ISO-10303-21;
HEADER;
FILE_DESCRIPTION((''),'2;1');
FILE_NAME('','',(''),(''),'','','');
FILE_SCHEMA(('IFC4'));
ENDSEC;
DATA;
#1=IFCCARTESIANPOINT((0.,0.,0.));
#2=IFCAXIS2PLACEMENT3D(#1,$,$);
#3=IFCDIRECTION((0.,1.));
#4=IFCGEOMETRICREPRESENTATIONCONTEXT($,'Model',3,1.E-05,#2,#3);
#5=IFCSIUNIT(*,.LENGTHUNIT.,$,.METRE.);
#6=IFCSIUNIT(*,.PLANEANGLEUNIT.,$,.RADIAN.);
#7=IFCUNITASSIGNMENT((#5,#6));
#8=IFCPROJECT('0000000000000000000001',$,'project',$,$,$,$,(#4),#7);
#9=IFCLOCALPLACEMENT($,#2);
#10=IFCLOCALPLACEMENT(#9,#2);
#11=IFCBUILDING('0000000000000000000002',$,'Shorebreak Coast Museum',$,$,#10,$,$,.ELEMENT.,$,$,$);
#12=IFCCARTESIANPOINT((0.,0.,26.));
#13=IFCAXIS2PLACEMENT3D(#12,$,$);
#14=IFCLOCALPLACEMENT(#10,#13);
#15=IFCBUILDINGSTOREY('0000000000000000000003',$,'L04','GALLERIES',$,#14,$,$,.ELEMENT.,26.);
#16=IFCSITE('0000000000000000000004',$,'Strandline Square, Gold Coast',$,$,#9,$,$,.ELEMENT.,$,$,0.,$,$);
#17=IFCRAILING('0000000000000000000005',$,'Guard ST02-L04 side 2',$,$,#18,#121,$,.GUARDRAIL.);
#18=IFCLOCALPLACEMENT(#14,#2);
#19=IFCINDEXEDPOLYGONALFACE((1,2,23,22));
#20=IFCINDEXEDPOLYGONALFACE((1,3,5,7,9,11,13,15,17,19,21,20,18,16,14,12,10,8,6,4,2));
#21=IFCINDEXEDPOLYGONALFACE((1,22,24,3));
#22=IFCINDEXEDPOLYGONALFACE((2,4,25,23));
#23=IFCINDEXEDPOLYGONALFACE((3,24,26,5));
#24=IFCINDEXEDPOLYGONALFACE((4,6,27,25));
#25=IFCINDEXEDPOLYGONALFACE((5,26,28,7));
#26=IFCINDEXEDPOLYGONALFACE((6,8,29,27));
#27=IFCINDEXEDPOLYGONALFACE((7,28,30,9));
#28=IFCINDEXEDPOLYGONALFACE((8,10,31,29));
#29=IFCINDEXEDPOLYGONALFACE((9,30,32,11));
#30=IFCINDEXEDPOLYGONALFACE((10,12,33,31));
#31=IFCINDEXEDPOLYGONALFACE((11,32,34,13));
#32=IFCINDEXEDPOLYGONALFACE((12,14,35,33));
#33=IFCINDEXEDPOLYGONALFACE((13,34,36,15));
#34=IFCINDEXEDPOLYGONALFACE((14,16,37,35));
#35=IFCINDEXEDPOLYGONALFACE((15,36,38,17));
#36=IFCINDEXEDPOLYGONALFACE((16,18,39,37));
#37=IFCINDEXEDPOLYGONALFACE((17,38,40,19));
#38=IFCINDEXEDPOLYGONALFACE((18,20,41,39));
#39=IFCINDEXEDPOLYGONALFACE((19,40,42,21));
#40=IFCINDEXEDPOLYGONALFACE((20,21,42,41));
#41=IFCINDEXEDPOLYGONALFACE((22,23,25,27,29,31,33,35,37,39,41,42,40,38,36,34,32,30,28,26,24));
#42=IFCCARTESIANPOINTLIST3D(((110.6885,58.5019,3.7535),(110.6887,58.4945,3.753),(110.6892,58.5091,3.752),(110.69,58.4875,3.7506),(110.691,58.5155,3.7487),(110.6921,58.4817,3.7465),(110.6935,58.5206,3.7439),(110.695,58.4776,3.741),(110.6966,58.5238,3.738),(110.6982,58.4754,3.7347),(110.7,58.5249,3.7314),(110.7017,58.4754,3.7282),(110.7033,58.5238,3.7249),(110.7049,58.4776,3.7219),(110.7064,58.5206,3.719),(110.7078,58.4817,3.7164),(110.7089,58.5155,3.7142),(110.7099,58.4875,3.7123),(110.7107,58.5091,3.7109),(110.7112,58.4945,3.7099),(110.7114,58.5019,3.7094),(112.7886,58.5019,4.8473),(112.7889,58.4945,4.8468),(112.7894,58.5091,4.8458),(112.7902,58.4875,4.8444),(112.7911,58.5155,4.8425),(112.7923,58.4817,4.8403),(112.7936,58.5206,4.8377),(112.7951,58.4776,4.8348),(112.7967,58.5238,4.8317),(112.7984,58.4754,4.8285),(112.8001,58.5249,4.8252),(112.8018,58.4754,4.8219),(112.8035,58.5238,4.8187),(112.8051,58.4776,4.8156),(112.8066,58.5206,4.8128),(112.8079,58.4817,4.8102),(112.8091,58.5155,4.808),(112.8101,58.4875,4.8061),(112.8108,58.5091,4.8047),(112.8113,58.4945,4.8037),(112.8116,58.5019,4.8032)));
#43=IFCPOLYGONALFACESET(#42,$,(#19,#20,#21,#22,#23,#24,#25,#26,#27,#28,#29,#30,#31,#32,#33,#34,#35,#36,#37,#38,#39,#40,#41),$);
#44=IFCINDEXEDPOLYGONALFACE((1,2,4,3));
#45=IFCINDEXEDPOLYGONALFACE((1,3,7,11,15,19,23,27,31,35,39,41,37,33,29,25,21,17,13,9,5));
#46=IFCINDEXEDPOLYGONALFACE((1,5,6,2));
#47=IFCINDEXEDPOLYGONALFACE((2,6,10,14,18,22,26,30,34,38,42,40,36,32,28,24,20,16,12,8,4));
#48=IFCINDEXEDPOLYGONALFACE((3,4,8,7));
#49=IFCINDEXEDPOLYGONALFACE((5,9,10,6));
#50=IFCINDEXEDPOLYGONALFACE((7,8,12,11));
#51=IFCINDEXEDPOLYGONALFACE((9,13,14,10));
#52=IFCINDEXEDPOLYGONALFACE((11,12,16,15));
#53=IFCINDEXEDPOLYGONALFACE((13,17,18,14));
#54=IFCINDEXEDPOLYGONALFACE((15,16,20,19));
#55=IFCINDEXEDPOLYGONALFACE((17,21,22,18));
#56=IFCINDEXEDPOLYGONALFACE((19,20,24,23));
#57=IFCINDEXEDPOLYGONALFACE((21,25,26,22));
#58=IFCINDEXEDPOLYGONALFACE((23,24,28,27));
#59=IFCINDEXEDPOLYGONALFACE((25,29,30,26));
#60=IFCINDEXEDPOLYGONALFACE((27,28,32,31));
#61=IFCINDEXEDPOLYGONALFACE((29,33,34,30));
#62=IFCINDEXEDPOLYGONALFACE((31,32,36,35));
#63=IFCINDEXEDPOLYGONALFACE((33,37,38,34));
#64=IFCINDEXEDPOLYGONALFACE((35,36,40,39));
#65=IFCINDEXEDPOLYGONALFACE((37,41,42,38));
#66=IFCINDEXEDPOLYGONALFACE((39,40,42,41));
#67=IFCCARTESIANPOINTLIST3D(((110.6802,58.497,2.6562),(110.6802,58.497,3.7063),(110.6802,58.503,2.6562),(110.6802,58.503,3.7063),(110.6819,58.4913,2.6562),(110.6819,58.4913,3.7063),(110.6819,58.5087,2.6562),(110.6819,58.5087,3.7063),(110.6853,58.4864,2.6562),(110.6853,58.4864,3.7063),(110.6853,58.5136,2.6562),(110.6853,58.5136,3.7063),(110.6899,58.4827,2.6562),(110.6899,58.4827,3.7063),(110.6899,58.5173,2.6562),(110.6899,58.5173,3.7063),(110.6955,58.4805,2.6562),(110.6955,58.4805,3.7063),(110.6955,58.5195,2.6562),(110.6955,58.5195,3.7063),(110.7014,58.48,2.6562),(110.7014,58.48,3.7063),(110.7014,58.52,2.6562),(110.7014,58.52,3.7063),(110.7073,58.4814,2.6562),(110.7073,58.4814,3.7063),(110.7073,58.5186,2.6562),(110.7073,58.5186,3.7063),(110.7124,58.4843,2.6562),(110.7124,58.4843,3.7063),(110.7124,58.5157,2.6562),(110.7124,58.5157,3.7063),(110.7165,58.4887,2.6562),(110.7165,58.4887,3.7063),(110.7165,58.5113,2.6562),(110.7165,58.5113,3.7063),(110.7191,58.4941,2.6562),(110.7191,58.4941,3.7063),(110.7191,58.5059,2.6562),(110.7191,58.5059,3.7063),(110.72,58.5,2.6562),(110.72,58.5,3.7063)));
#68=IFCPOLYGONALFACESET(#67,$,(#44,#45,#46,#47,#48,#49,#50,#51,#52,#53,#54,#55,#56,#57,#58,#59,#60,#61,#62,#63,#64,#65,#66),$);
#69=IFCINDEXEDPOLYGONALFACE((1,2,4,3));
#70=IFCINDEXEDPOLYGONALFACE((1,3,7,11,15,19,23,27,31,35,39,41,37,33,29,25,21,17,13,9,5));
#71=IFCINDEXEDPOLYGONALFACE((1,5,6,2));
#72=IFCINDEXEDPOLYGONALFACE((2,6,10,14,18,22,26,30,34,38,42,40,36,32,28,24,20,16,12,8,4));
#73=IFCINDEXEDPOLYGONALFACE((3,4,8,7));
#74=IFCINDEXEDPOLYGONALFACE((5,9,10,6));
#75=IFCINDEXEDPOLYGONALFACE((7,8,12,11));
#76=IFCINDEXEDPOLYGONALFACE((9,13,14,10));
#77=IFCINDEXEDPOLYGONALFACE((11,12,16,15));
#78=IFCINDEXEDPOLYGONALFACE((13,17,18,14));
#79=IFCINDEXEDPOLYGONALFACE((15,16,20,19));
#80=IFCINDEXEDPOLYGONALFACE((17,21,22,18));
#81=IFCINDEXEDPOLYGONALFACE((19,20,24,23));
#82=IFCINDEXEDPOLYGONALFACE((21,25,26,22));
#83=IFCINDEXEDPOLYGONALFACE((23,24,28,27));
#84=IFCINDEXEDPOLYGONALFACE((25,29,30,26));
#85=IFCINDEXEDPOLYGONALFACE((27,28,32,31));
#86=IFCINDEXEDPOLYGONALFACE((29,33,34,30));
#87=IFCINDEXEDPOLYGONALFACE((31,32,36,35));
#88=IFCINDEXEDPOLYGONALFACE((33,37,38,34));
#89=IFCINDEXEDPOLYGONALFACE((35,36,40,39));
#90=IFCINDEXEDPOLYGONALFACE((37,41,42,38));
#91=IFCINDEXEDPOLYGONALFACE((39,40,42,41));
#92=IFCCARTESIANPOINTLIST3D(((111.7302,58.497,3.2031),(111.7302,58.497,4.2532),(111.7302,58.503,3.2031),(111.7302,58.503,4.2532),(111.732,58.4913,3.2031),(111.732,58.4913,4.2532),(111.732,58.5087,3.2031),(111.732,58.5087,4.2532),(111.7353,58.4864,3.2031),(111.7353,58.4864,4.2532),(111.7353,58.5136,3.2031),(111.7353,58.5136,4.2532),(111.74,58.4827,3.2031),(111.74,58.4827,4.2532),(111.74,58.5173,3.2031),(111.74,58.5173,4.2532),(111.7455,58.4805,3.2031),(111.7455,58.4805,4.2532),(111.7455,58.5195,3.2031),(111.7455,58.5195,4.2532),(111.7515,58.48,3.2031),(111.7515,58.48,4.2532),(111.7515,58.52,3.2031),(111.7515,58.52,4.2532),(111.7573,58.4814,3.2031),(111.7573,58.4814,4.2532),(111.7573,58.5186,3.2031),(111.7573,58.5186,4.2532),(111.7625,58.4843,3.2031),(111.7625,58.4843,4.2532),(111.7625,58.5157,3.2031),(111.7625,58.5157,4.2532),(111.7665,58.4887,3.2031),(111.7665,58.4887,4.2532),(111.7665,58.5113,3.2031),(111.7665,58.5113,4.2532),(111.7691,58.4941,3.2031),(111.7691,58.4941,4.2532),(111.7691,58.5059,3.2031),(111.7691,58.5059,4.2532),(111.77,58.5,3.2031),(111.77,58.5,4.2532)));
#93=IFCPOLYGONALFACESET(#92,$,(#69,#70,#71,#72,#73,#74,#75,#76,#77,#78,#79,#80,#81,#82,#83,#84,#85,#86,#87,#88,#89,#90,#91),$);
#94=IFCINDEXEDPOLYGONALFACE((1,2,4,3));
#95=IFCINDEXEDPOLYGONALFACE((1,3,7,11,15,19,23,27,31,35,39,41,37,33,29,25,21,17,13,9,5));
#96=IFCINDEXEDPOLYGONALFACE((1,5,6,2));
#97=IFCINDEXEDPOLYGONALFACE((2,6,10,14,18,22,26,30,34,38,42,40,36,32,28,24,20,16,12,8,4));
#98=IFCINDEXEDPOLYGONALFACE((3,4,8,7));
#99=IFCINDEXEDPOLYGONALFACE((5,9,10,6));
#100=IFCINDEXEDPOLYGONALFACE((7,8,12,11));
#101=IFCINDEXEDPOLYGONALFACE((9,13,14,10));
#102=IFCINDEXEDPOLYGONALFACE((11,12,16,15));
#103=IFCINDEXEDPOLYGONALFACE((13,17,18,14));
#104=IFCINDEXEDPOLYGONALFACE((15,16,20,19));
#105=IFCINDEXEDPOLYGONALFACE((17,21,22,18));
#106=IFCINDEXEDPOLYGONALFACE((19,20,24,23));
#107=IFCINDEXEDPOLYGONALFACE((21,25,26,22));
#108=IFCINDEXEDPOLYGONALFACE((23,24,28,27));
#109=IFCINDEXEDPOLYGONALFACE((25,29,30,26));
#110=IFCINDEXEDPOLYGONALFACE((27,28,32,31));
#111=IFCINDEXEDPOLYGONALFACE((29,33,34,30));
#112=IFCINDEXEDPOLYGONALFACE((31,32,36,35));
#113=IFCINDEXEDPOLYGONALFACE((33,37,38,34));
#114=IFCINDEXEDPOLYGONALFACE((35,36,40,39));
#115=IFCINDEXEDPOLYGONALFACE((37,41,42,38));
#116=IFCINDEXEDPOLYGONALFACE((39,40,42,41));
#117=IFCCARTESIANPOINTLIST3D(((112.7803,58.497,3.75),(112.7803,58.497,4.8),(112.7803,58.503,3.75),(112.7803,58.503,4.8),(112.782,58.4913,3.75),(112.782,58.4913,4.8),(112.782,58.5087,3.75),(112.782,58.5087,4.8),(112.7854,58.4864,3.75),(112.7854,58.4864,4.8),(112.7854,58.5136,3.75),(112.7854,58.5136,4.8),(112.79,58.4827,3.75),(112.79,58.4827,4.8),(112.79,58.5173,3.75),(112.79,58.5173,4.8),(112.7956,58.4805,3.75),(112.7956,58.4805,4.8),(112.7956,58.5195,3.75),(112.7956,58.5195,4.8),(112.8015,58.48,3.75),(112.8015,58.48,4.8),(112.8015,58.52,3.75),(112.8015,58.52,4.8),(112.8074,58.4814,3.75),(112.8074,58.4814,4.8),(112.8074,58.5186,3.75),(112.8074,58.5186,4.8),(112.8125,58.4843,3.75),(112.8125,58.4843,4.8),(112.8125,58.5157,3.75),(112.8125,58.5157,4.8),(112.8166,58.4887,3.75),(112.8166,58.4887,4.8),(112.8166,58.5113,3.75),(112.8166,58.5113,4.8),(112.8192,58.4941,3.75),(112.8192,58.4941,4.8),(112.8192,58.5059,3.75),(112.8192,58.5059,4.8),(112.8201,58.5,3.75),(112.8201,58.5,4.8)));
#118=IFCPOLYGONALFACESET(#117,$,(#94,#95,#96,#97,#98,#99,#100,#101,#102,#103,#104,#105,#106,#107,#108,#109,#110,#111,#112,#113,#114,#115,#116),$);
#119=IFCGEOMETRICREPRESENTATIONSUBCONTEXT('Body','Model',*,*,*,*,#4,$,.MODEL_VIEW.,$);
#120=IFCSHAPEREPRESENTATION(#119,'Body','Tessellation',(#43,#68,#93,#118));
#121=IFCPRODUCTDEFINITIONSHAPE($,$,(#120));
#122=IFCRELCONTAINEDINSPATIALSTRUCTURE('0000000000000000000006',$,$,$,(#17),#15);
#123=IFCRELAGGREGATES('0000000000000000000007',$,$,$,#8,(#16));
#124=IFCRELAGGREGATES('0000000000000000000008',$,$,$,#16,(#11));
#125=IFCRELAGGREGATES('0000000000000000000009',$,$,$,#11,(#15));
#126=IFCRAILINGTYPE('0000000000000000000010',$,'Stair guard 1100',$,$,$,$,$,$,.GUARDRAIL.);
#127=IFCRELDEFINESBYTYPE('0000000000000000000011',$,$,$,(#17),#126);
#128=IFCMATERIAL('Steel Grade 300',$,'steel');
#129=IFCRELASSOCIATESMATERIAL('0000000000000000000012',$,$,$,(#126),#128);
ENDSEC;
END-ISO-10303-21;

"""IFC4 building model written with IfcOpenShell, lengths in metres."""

from ifc_helpers import new_model, si_unit, direction, frame, origin, origin_2d, place, context, subcontext, project, spatial, circle, extrude, material, type_object, element, save


model = new_model("IFC4")

# Units and contexts
model_context = context("Model", 3, precision=1e-05, world=origin(), true_north=direction((0.0, 1.0)))
body_context = subcontext(model_context, "Body", "Model", "MODEL_VIEW")
ifc_project = project(units=[si_unit("LENGTHUNIT", "METRE"), si_unit("PLANEANGLEUNIT", "RADIAN")], contexts=[model_context])

# Site, building, storey
site_placement = place(None, origin())
site = spatial("IfcSite", under=ifc_project, at=site_placement, Name="Strandline Square, Gold Coast", CompositionType="ELEMENT", RefElevation=0.0)
building_placement = place(site_placement, origin())
building = spatial("IfcBuilding", under=site, at=building_placement, Name="Shorebreak Coast Museum", CompositionType="ELEMENT")
storey_placement = place(building_placement, frame((0.0, 0.0, 26.0)))
storey = spatial("IfcBuildingStorey", under=building, at=storey_placement, Name="L04", Description="GALLERIES", CompositionType="ELEMENT", Elevation=26.0)

# Railing
ifc_material_1 = material(Name="Steel Grade 300", Category="steel")
railing_type_1 = type_object("IfcRailingType", Name="Stair guard 1100", PredefinedType="GUARDRAIL", material=ifc_material_1)
railing_placement = place(storey_placement, frame((110.7, 58.5, 2.6562)))
element("IfcRailing", 1, at=railing_placement, inside=storey, type_object=railing_type_1, Name="Guard ST02-L04 side 2", PredefinedType="GUARDRAIL", context=body_context, shape_type="SweptSolid", body=[
    extrude(circle(Radius=0.0249, at=origin_2d()), frame((0.0, 0.0, 1.0752), z_axis=(0.886923, 0.0, 0.461918), x_axis=(0.0, 1.0, 0.0)), (0.0, 0.0, 1.0), 2.3679),
    extrude(circle(Radius=0.02, at=origin_2d()), origin(), (0.0, 0.0, 1.0), 1.05),
    extrude(circle(Radius=0.02, at=origin_2d()), frame((1.05, 0.0, 0.5469)), (0.0, 0.0, 1.0), 1.05),
    extrude(circle(Radius=0.02, at=origin_2d()), frame((2.1001, 0.0, 1.0938)), (0.0, 0.0, 1.0), 1.05),
])

save(model, "model.ifc")
